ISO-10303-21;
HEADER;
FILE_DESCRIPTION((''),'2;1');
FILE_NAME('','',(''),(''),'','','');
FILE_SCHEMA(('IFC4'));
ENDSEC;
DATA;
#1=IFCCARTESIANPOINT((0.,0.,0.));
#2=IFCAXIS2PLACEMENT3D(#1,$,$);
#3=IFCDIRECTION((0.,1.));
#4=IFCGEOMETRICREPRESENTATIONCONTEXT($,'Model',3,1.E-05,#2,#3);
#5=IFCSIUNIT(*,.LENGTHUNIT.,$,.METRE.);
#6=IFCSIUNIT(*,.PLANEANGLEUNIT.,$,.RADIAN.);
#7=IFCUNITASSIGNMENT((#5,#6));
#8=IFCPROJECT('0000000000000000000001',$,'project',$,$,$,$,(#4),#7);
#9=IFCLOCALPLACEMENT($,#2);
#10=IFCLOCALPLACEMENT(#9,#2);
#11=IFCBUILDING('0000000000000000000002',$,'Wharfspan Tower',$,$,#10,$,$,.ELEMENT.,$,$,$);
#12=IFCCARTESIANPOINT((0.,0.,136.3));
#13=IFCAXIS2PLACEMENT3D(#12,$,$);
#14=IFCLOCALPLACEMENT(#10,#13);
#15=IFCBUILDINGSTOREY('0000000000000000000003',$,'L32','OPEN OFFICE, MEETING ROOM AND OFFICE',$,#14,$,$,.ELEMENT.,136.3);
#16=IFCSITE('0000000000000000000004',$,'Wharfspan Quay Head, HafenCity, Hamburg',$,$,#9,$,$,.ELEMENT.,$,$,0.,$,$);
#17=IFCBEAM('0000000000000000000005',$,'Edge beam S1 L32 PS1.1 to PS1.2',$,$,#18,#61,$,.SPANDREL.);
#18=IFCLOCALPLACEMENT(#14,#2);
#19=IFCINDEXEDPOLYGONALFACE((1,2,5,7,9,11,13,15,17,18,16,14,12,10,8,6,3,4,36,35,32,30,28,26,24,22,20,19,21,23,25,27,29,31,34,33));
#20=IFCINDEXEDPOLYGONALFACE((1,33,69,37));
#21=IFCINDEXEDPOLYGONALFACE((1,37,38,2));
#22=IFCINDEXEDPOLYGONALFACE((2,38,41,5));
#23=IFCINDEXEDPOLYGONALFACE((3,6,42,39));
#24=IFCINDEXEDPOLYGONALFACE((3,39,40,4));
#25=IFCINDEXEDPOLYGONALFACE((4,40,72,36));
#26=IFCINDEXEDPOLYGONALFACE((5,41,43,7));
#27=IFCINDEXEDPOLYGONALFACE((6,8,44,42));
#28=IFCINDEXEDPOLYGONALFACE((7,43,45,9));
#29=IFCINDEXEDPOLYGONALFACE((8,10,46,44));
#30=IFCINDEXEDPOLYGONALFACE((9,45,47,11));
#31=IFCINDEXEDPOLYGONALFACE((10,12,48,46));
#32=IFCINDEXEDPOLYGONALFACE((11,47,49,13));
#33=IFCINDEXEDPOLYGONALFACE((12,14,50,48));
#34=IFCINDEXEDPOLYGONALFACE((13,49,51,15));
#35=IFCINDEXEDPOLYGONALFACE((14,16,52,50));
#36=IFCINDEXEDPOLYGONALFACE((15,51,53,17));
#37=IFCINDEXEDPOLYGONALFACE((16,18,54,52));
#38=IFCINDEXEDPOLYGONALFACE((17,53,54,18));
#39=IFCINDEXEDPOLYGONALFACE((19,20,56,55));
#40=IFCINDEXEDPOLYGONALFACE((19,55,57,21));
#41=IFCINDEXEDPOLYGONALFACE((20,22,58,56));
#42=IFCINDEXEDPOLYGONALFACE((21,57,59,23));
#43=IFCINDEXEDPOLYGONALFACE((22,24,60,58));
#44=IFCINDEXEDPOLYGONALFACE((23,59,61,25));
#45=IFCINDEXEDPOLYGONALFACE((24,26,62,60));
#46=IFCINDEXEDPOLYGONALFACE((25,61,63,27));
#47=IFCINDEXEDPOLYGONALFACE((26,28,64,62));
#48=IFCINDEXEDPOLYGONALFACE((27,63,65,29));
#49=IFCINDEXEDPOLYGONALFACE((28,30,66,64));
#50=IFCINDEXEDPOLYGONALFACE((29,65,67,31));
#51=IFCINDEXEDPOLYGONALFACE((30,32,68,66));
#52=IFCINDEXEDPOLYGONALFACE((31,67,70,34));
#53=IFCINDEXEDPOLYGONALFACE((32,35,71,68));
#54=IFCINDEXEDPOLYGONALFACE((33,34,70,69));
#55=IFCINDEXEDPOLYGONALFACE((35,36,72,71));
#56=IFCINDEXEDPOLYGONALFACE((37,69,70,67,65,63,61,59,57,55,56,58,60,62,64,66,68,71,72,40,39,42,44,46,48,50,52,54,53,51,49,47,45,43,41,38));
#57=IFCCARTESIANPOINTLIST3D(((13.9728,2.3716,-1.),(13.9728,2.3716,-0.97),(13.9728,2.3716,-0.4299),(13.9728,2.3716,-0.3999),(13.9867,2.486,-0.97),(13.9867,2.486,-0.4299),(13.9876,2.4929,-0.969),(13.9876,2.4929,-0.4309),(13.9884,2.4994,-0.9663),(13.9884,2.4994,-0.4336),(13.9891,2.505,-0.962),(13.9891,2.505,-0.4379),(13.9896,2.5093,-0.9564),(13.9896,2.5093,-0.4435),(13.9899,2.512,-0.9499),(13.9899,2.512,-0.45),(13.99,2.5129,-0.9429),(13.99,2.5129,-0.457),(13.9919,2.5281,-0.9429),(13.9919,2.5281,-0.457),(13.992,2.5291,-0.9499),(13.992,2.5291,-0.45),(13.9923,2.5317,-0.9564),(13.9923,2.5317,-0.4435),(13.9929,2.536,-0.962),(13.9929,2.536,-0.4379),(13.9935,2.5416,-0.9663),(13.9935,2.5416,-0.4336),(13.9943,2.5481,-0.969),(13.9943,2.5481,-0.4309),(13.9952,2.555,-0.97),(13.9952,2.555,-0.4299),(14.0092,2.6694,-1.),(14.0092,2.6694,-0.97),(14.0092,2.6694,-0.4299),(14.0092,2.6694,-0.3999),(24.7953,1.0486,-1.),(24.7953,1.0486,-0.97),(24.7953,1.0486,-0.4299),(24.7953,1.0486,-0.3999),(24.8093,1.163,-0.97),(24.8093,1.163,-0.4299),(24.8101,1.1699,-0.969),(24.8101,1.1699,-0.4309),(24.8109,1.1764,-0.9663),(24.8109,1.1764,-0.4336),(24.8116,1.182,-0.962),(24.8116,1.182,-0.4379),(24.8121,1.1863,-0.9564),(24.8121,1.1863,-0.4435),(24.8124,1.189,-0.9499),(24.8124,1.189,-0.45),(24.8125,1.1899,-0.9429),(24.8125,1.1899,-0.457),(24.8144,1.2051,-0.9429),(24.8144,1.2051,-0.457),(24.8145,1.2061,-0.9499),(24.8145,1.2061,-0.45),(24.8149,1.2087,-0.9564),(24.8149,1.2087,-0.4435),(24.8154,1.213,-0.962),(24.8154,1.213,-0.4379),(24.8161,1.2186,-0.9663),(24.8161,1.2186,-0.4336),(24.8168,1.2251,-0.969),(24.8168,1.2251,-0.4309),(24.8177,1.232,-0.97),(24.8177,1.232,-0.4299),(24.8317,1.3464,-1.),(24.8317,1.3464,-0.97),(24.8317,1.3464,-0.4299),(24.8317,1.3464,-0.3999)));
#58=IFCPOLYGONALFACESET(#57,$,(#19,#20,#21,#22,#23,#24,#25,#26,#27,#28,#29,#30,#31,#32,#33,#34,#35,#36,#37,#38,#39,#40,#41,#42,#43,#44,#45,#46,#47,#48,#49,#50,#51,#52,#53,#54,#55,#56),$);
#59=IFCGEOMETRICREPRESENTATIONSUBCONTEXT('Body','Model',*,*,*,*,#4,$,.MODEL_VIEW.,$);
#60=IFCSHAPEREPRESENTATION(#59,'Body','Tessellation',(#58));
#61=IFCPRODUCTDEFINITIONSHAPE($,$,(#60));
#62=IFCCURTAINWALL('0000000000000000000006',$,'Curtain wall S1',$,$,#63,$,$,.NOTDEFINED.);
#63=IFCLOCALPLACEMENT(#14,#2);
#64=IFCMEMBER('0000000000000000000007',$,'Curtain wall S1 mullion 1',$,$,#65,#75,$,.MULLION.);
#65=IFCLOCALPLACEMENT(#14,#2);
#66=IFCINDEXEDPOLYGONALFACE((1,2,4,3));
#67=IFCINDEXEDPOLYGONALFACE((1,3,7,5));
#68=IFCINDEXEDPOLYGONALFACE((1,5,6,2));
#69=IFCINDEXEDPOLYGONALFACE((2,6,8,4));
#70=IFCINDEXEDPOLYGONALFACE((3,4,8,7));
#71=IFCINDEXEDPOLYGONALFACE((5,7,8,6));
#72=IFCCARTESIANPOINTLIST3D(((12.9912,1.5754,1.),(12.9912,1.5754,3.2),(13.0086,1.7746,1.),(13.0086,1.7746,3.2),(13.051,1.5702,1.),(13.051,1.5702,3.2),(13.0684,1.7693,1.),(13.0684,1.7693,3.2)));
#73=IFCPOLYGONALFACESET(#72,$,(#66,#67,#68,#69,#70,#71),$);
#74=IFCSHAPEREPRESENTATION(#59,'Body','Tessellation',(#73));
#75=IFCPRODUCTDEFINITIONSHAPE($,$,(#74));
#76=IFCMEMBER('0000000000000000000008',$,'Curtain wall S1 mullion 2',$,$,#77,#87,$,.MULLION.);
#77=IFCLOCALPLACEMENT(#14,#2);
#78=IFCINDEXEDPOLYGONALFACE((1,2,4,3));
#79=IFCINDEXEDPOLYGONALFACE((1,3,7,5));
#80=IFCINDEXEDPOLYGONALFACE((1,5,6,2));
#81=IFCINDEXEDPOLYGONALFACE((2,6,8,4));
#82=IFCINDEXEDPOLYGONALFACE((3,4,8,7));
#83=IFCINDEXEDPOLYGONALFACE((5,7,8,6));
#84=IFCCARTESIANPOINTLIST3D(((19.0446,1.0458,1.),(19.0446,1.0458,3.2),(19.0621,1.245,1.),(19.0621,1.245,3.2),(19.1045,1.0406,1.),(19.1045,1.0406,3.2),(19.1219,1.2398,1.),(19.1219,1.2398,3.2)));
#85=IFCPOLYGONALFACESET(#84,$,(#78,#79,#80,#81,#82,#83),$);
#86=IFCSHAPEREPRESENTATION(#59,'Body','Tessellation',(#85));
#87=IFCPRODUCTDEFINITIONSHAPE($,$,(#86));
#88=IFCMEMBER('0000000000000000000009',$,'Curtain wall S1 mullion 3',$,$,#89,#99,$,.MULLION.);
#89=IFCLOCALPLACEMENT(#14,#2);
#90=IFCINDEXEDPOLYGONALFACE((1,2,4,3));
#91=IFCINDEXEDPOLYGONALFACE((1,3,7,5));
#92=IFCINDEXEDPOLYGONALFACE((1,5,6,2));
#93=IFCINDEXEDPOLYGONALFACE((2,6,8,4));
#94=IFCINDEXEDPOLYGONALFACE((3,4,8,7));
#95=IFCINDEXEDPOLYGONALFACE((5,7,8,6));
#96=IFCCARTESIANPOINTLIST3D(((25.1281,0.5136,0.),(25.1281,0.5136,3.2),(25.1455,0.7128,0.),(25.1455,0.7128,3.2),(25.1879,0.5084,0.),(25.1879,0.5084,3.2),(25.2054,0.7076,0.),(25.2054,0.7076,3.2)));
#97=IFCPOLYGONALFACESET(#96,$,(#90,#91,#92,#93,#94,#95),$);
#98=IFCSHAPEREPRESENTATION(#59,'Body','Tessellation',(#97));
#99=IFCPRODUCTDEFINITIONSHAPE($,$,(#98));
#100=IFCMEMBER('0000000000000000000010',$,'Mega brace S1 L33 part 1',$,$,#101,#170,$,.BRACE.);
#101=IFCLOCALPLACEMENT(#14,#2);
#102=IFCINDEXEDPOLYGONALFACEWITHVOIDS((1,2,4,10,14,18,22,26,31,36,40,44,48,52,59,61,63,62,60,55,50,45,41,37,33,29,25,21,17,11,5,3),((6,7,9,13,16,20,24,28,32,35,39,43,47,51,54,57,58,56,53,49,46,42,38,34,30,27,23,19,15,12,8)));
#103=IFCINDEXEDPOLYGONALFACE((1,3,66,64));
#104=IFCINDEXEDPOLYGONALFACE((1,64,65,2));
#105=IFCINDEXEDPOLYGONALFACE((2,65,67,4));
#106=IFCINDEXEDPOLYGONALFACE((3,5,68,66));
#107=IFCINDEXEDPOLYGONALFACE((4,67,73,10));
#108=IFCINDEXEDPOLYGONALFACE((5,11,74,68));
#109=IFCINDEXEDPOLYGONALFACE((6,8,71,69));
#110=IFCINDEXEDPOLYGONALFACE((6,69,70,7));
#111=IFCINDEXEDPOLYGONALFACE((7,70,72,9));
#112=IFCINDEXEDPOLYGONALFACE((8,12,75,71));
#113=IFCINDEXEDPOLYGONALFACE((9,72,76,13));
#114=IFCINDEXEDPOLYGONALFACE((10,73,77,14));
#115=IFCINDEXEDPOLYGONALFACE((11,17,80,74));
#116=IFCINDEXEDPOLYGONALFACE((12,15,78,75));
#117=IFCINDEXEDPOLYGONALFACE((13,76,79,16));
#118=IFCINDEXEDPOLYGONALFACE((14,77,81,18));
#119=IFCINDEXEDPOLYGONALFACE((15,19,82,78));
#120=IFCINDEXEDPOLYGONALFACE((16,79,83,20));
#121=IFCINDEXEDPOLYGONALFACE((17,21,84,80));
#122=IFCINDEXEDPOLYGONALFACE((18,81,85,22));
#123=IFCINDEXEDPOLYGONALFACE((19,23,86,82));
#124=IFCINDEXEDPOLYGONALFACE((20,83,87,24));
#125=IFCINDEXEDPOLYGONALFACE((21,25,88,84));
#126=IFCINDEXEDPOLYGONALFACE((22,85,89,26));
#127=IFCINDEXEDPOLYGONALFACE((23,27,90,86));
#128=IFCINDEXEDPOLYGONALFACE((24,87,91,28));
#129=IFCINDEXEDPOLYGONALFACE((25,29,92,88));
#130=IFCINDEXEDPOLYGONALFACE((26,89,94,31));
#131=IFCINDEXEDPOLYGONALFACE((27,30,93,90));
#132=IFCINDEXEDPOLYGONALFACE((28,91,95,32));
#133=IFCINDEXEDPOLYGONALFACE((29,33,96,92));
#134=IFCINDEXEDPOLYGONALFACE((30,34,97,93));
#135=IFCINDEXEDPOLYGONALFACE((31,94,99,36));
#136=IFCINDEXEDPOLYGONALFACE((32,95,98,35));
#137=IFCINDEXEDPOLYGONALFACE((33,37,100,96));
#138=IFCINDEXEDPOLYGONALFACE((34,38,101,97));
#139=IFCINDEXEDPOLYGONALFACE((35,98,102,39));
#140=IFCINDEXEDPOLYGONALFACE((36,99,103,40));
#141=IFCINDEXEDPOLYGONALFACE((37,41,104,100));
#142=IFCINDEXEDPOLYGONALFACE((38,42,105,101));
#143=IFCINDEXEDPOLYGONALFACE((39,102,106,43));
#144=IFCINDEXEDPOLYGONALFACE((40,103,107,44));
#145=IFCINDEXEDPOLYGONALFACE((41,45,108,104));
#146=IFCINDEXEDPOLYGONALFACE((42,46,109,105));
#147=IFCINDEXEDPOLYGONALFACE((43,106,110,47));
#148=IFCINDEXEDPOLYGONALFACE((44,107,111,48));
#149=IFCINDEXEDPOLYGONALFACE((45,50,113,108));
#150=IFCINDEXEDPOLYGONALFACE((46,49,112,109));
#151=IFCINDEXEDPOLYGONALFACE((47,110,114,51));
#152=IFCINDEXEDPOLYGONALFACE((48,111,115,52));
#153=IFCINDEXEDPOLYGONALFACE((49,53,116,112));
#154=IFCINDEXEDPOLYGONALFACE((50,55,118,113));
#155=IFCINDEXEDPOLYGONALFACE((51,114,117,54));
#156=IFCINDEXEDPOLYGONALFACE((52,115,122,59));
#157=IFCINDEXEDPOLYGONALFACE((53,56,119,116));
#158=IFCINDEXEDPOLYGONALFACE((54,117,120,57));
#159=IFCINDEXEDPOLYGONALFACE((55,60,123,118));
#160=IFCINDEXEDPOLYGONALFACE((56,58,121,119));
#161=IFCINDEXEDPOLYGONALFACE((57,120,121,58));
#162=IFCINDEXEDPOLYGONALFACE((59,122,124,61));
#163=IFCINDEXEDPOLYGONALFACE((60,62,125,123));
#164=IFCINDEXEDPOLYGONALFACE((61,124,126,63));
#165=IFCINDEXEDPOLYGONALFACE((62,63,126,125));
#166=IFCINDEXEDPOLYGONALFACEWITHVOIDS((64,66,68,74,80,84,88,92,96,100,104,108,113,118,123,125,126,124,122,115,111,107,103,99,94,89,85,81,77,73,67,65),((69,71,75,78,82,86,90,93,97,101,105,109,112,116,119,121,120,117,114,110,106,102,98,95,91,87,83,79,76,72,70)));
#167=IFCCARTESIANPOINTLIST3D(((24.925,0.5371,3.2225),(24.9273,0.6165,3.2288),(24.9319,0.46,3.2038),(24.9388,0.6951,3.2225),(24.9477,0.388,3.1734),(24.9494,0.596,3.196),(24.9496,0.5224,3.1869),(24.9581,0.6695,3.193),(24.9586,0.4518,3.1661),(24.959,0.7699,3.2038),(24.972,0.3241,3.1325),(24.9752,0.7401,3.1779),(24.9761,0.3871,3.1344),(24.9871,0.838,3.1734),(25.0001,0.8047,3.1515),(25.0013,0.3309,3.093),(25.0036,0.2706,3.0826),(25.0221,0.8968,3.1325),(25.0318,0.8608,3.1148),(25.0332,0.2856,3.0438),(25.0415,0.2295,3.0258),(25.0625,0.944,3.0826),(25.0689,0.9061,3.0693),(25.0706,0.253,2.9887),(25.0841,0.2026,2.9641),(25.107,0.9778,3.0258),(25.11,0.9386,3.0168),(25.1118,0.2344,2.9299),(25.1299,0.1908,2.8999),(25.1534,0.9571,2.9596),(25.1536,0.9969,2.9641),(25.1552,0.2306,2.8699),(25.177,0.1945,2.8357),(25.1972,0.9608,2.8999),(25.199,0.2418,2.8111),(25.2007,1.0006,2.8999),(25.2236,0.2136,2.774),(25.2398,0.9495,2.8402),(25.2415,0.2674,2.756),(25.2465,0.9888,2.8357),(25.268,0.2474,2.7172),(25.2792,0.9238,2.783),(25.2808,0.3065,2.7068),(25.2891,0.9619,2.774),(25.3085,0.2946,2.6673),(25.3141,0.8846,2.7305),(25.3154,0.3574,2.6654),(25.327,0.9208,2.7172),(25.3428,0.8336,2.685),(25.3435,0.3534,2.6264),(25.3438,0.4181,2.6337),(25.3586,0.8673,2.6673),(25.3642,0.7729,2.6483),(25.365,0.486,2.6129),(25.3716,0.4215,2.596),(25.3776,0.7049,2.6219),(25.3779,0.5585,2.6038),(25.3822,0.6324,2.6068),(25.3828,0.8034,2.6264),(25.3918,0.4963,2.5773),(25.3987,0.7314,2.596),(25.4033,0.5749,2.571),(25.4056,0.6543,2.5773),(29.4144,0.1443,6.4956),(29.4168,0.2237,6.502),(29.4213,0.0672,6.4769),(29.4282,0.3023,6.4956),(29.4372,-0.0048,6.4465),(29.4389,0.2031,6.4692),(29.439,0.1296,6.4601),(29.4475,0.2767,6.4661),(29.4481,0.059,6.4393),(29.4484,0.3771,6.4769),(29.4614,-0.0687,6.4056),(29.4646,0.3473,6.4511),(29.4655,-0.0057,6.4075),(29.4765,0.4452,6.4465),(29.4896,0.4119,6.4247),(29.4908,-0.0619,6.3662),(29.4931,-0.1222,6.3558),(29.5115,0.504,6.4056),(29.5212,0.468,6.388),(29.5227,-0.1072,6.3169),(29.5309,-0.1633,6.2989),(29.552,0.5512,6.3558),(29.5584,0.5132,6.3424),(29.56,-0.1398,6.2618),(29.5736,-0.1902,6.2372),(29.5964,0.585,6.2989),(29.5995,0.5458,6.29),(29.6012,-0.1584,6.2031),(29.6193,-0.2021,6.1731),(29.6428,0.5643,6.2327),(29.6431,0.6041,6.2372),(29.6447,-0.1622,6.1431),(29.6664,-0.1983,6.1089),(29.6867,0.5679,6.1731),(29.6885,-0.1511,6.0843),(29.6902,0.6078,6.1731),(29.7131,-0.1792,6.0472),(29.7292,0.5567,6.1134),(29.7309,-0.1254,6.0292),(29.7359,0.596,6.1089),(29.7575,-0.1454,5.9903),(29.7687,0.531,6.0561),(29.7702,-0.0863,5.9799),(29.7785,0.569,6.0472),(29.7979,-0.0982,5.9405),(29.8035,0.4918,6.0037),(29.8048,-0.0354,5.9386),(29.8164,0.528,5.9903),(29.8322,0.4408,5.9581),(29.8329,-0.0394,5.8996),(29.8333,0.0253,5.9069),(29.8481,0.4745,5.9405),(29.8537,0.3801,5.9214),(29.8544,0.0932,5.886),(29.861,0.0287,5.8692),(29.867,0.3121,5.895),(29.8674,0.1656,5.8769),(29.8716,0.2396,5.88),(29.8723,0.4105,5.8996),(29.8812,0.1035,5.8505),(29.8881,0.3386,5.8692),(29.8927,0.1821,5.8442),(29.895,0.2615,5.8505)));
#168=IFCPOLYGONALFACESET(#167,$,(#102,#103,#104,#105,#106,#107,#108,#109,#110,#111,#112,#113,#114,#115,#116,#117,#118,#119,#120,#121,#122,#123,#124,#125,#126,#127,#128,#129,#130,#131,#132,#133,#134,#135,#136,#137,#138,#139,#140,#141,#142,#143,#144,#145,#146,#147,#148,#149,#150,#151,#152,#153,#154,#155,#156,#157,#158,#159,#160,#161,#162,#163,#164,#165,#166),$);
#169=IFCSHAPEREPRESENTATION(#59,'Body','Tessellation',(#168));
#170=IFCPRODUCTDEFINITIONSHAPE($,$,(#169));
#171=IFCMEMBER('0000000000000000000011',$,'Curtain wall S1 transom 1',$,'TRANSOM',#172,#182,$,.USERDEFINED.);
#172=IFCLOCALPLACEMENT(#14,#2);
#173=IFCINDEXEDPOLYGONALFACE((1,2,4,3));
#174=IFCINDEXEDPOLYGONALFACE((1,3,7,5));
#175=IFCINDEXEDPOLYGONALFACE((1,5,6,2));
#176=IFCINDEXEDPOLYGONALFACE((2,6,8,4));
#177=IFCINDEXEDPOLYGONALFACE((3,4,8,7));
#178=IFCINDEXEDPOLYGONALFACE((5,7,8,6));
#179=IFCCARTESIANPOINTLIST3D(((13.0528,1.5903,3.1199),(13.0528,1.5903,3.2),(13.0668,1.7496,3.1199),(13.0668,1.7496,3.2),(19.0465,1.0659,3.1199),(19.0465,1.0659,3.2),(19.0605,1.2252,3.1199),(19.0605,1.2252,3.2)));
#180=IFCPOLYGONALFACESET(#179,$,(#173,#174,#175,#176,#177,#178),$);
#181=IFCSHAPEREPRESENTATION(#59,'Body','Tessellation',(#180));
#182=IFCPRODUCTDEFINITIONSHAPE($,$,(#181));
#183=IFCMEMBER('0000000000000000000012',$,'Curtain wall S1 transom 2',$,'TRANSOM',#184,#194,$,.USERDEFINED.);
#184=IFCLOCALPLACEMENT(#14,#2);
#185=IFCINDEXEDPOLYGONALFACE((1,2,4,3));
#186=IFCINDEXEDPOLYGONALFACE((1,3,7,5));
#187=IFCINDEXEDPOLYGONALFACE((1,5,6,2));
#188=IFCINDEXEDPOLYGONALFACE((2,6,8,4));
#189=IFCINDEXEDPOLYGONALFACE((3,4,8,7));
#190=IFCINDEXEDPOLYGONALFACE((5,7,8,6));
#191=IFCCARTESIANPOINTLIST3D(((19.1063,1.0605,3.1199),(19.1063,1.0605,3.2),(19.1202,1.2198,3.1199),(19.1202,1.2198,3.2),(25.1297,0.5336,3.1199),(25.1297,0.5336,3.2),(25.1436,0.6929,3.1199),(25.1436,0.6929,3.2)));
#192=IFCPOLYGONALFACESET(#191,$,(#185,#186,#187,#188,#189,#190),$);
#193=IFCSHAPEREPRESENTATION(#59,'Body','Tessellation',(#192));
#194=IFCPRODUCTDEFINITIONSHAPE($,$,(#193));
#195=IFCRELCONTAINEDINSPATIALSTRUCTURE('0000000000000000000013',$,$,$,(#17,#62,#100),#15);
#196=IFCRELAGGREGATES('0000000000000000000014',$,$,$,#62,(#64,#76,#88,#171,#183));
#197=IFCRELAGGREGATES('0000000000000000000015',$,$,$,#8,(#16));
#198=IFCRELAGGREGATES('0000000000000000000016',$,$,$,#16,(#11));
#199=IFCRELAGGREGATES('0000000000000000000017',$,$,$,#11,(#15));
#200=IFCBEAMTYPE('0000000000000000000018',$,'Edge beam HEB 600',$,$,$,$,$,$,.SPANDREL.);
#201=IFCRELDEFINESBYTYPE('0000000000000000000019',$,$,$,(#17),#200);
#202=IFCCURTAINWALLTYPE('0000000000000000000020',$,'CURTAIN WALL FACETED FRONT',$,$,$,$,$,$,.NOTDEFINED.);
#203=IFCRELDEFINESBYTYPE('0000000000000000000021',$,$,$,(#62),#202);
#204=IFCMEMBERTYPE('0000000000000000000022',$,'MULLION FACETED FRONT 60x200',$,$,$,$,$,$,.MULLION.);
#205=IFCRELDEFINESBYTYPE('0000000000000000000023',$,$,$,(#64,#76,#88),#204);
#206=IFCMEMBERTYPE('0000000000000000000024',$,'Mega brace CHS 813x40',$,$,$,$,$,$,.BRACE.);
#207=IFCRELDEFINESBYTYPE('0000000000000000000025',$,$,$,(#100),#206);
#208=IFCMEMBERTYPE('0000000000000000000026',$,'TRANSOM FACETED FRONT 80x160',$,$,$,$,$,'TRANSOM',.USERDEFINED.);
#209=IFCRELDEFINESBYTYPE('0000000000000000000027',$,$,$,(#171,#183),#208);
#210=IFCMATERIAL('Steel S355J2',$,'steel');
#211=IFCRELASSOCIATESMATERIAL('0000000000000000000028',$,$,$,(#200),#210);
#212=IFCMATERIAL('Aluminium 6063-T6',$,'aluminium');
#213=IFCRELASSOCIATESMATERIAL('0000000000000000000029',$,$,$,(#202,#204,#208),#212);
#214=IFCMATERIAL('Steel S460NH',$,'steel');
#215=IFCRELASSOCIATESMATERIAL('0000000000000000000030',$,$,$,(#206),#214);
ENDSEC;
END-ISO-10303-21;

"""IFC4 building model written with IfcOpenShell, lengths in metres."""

from ifc_helpers import new_model, si_unit, direction, frame, origin, origin_2d, place, context, subcontext, project, spatial, rectangle, hollow_circle, i_section, extrude, material, material_profile, profile_set, type_object, element, aggregate, save


model = new_model("IFC4")

# Units and contexts
model_context = context("Model", 3, precision=1e-05, world=origin(), true_north=direction((0.0, 1.0)))
body_context = subcontext(model_context, "Body", "Model", "MODEL_VIEW")
ifc_project = project(units=[si_unit("LENGTHUNIT", "METRE"), si_unit("PLANEANGLEUNIT", "RADIAN")], contexts=[model_context])

# Site, building, storey
site_placement = place(None, origin())
site = spatial("IfcSite", under=ifc_project, at=site_placement, Name="Wharfspan Quay Head, HafenCity, Hamburg", CompositionType="ELEMENT", RefElevation=0.0)
building_placement = place(site_placement, origin())
building = spatial("IfcBuilding", under=site, at=building_placement, Name="Wharfspan Tower", CompositionType="ELEMENT")
storey_placement = place(building_placement, frame((0.0, 0.0, 136.3)))
storey = spatial("IfcBuildingStorey", under=building, at=storey_placement, Name="L32", Description="OPEN OFFICE, MEETING ROOM AND OFFICE", CompositionType="ELEMENT", Elevation=136.3)

# Shared definitions
ifc_material_1 = material(Name="Steel S355J2", Category="steel")

# Beam
ifc_material_profile_1 = material_profile(ifc_material_1, i_section(OverallWidth=0.3, OverallDepth=0.6001, WebThickness=0.0154, FlangeThickness=0.03, FilletRadius=0.0271, at=origin_2d()))
ifc_profile_set_1 = profile_set([ifc_material_profile_1], Name="Steel S355J2")
beam_type = type_object("IfcBeamType", Name="Edge beam HEB 600", PredefinedType="SPANDREL", material=ifc_profile_set_1)
beam_placement = place(storey_placement, frame((13.991, 2.5205, -0.7), z_axis=(0.992611, -0.121342, 0.0), x_axis=(0.121342, 0.992611, 0.0)))
element("IfcBeam", 1, at=beam_placement, inside=storey, type_object=beam_type, Name="Edge beam S1 L32 PS1.1 to PS1.2", PredefinedType="SPANDREL", context=body_context, shape_type="SweptSolid", body=[
    extrude(i_section(OverallWidth=0.3, OverallDepth=0.6001, WebThickness=0.0154, FlangeThickness=0.03, FilletRadius=0.0271, at=origin_2d()), origin(), (0.0, 0.0, 1.0), 10.9031),
])

# Curtain wall, members
ifc_material_2 = material(Name="Aluminium 6063-T6", Category="aluminium")
curtain_wall_type_1 = type_object("IfcCurtainWallType", Name="CURTAIN WALL FACETED FRONT", PredefinedType="NOTDEFINED", material=ifc_material_2)
curtain_wall_1_placement = place(storey_placement, origin())
curtain_wall_1 = element("IfcCurtainWall", 2, at=curtain_wall_1_placement, inside=storey, type_object=curtain_wall_type_1, Name="Curtain wall S1", PredefinedType="NOTDEFINED")
ifc_material_profile_2 = material_profile(ifc_material_2, rectangle(XDim=0.2, YDim=0.0601, at=origin_2d()))
ifc_profile_set_2 = profile_set([ifc_material_profile_2], Name="Aluminium 6063-T6")
member_type_1 = type_object("IfcMemberType", Name="MULLION FACETED FRONT 60x200", PredefinedType="MULLION", material=ifc_profile_set_2)
member_1_placement = place(storey_placement, frame((13.0298, 1.6724, 1.0), z_axis=(0.0, 0.0, 1.0), x_axis=(0.087156, 0.996198, 0.0)))
member_1 = element("IfcMember", 3, at=member_1_placement, type_object=member_type_1, Name="Curtain wall S1 mullion 1", PredefinedType="MULLION", context=body_context, shape_type="SweptSolid", body=[
    extrude(rectangle(XDim=0.2, YDim=0.0601, at=origin_2d()), origin(), (0.0, 0.0, 1.0), 2.2),
])
member_2_placement = place(storey_placement, frame((19.0833, 1.1428, 1.0), z_axis=(0.0, 0.0, 1.0), x_axis=(0.087156, 0.996198, 0.0)))
member_2 = element("IfcMember", 4, at=member_2_placement, type_object=member_type_1, Name="Curtain wall S1 mullion 2", PredefinedType="MULLION", context=body_context, shape_type="SweptSolid", body=[
    extrude(rectangle(XDim=0.2, YDim=0.0601, at=origin_2d()), origin(), (0.0, 0.0, 1.0), 2.2),
])
member_3_placement = place(storey_placement, frame((25.1667, 0.6106, 0.0), z_axis=(0.0, 0.0, 1.0), x_axis=(0.087156, 0.996198, 0.0)))
member_3 = element("IfcMember", 5, at=member_3_placement, type_object=member_type_1, Name="Curtain wall S1 mullion 3", PredefinedType="MULLION", context=body_context, shape_type="SweptSolid", body=[
    extrude(rectangle(XDim=0.2, YDim=0.0601, at=origin_2d()), origin(), (0.0, 0.0, 1.0), 3.2),
])

# Members
ifc_material_3 = material(Name="Steel S460NH", Category="steel")
ifc_material_profile_3 = material_profile(ifc_material_3, hollow_circle(Radius=0.4065, WallThickness=0.04, at=origin_2d()))
ifc_profile_set_3 = profile_set([ifc_material_profile_3], Name="Steel S460NH")
member_type_2 = type_object("IfcMemberType", Name="Mega brace CHS 813x40", PredefinedType="BRACE", material=ifc_profile_set_3)
member_4_placement = place(storey_placement, frame((25.1653, 0.5957, 2.8999), z_axis=(0.80603, -0.070526, 0.587658), x_axis=(0.087167, 0.996192, -0.000003)))
element("IfcMember", 6, at=member_4_placement, inside=storey, type_object=member_type_2, Name="Mega brace S1 L33 part 1", PredefinedType="BRACE", context=body_context, shape_type="SweptSolid", body=[
    extrude(hollow_circle(Radius=0.4065, WallThickness=0.04, at=origin_2d()), origin(), (0.0, 0.0, 1.0), 5.5698),
])
ifc_material_profile_4 = material_profile(ifc_material_2, rectangle(XDim=0.1599, YDim=0.0801, at=origin_2d()))
ifc_profile_set_4 = profile_set([ifc_material_profile_4], Name="Aluminium 6063-T6")
member_type_3 = type_object("IfcMemberType", Name="TRANSOM FACETED FRONT 80x160", ElementType="TRANSOM", PredefinedType="USERDEFINED", material=ifc_profile_set_4)
member_5_placement = place(storey_placement, frame((13.0598, 1.6699, 3.1599), z_axis=(0.996194, -0.087162, 0.0), x_axis=(0.087162, 0.996194, 0.0)))
member_5 = element("IfcMember", 7, at=member_5_placement, type_object=member_type_3, Name="Curtain wall S1 transom 1", ObjectType="TRANSOM", PredefinedType="USERDEFINED", context=body_context, shape_type="SweptSolid", body=[
    extrude(rectangle(XDim=0.1599, YDim=0.0801, at=origin_2d()), origin(), (0.0, 0.0, 1.0), 6.0166),
])
member_6_placement = place(storey_placement, frame((19.1133, 1.1401, 3.1599), z_axis=(0.996197, -0.087135, 0.0), x_axis=(0.087135, 0.996197, 0.0)))
member_6 = element("IfcMember", 8, at=member_6_placement, type_object=member_type_3, Name="Curtain wall S1 transom 2", ObjectType="TRANSOM", PredefinedType="USERDEFINED", context=body_context, shape_type="SweptSolid", body=[
    extrude(rectangle(XDim=0.1599, YDim=0.0801, at=origin_2d()), origin(), (0.0, 0.0, 1.0), 6.0464),
])

aggregate(curtain_wall_1, [member_1, member_2, member_3, member_5, member_6])

save(model, "model.ifc")
